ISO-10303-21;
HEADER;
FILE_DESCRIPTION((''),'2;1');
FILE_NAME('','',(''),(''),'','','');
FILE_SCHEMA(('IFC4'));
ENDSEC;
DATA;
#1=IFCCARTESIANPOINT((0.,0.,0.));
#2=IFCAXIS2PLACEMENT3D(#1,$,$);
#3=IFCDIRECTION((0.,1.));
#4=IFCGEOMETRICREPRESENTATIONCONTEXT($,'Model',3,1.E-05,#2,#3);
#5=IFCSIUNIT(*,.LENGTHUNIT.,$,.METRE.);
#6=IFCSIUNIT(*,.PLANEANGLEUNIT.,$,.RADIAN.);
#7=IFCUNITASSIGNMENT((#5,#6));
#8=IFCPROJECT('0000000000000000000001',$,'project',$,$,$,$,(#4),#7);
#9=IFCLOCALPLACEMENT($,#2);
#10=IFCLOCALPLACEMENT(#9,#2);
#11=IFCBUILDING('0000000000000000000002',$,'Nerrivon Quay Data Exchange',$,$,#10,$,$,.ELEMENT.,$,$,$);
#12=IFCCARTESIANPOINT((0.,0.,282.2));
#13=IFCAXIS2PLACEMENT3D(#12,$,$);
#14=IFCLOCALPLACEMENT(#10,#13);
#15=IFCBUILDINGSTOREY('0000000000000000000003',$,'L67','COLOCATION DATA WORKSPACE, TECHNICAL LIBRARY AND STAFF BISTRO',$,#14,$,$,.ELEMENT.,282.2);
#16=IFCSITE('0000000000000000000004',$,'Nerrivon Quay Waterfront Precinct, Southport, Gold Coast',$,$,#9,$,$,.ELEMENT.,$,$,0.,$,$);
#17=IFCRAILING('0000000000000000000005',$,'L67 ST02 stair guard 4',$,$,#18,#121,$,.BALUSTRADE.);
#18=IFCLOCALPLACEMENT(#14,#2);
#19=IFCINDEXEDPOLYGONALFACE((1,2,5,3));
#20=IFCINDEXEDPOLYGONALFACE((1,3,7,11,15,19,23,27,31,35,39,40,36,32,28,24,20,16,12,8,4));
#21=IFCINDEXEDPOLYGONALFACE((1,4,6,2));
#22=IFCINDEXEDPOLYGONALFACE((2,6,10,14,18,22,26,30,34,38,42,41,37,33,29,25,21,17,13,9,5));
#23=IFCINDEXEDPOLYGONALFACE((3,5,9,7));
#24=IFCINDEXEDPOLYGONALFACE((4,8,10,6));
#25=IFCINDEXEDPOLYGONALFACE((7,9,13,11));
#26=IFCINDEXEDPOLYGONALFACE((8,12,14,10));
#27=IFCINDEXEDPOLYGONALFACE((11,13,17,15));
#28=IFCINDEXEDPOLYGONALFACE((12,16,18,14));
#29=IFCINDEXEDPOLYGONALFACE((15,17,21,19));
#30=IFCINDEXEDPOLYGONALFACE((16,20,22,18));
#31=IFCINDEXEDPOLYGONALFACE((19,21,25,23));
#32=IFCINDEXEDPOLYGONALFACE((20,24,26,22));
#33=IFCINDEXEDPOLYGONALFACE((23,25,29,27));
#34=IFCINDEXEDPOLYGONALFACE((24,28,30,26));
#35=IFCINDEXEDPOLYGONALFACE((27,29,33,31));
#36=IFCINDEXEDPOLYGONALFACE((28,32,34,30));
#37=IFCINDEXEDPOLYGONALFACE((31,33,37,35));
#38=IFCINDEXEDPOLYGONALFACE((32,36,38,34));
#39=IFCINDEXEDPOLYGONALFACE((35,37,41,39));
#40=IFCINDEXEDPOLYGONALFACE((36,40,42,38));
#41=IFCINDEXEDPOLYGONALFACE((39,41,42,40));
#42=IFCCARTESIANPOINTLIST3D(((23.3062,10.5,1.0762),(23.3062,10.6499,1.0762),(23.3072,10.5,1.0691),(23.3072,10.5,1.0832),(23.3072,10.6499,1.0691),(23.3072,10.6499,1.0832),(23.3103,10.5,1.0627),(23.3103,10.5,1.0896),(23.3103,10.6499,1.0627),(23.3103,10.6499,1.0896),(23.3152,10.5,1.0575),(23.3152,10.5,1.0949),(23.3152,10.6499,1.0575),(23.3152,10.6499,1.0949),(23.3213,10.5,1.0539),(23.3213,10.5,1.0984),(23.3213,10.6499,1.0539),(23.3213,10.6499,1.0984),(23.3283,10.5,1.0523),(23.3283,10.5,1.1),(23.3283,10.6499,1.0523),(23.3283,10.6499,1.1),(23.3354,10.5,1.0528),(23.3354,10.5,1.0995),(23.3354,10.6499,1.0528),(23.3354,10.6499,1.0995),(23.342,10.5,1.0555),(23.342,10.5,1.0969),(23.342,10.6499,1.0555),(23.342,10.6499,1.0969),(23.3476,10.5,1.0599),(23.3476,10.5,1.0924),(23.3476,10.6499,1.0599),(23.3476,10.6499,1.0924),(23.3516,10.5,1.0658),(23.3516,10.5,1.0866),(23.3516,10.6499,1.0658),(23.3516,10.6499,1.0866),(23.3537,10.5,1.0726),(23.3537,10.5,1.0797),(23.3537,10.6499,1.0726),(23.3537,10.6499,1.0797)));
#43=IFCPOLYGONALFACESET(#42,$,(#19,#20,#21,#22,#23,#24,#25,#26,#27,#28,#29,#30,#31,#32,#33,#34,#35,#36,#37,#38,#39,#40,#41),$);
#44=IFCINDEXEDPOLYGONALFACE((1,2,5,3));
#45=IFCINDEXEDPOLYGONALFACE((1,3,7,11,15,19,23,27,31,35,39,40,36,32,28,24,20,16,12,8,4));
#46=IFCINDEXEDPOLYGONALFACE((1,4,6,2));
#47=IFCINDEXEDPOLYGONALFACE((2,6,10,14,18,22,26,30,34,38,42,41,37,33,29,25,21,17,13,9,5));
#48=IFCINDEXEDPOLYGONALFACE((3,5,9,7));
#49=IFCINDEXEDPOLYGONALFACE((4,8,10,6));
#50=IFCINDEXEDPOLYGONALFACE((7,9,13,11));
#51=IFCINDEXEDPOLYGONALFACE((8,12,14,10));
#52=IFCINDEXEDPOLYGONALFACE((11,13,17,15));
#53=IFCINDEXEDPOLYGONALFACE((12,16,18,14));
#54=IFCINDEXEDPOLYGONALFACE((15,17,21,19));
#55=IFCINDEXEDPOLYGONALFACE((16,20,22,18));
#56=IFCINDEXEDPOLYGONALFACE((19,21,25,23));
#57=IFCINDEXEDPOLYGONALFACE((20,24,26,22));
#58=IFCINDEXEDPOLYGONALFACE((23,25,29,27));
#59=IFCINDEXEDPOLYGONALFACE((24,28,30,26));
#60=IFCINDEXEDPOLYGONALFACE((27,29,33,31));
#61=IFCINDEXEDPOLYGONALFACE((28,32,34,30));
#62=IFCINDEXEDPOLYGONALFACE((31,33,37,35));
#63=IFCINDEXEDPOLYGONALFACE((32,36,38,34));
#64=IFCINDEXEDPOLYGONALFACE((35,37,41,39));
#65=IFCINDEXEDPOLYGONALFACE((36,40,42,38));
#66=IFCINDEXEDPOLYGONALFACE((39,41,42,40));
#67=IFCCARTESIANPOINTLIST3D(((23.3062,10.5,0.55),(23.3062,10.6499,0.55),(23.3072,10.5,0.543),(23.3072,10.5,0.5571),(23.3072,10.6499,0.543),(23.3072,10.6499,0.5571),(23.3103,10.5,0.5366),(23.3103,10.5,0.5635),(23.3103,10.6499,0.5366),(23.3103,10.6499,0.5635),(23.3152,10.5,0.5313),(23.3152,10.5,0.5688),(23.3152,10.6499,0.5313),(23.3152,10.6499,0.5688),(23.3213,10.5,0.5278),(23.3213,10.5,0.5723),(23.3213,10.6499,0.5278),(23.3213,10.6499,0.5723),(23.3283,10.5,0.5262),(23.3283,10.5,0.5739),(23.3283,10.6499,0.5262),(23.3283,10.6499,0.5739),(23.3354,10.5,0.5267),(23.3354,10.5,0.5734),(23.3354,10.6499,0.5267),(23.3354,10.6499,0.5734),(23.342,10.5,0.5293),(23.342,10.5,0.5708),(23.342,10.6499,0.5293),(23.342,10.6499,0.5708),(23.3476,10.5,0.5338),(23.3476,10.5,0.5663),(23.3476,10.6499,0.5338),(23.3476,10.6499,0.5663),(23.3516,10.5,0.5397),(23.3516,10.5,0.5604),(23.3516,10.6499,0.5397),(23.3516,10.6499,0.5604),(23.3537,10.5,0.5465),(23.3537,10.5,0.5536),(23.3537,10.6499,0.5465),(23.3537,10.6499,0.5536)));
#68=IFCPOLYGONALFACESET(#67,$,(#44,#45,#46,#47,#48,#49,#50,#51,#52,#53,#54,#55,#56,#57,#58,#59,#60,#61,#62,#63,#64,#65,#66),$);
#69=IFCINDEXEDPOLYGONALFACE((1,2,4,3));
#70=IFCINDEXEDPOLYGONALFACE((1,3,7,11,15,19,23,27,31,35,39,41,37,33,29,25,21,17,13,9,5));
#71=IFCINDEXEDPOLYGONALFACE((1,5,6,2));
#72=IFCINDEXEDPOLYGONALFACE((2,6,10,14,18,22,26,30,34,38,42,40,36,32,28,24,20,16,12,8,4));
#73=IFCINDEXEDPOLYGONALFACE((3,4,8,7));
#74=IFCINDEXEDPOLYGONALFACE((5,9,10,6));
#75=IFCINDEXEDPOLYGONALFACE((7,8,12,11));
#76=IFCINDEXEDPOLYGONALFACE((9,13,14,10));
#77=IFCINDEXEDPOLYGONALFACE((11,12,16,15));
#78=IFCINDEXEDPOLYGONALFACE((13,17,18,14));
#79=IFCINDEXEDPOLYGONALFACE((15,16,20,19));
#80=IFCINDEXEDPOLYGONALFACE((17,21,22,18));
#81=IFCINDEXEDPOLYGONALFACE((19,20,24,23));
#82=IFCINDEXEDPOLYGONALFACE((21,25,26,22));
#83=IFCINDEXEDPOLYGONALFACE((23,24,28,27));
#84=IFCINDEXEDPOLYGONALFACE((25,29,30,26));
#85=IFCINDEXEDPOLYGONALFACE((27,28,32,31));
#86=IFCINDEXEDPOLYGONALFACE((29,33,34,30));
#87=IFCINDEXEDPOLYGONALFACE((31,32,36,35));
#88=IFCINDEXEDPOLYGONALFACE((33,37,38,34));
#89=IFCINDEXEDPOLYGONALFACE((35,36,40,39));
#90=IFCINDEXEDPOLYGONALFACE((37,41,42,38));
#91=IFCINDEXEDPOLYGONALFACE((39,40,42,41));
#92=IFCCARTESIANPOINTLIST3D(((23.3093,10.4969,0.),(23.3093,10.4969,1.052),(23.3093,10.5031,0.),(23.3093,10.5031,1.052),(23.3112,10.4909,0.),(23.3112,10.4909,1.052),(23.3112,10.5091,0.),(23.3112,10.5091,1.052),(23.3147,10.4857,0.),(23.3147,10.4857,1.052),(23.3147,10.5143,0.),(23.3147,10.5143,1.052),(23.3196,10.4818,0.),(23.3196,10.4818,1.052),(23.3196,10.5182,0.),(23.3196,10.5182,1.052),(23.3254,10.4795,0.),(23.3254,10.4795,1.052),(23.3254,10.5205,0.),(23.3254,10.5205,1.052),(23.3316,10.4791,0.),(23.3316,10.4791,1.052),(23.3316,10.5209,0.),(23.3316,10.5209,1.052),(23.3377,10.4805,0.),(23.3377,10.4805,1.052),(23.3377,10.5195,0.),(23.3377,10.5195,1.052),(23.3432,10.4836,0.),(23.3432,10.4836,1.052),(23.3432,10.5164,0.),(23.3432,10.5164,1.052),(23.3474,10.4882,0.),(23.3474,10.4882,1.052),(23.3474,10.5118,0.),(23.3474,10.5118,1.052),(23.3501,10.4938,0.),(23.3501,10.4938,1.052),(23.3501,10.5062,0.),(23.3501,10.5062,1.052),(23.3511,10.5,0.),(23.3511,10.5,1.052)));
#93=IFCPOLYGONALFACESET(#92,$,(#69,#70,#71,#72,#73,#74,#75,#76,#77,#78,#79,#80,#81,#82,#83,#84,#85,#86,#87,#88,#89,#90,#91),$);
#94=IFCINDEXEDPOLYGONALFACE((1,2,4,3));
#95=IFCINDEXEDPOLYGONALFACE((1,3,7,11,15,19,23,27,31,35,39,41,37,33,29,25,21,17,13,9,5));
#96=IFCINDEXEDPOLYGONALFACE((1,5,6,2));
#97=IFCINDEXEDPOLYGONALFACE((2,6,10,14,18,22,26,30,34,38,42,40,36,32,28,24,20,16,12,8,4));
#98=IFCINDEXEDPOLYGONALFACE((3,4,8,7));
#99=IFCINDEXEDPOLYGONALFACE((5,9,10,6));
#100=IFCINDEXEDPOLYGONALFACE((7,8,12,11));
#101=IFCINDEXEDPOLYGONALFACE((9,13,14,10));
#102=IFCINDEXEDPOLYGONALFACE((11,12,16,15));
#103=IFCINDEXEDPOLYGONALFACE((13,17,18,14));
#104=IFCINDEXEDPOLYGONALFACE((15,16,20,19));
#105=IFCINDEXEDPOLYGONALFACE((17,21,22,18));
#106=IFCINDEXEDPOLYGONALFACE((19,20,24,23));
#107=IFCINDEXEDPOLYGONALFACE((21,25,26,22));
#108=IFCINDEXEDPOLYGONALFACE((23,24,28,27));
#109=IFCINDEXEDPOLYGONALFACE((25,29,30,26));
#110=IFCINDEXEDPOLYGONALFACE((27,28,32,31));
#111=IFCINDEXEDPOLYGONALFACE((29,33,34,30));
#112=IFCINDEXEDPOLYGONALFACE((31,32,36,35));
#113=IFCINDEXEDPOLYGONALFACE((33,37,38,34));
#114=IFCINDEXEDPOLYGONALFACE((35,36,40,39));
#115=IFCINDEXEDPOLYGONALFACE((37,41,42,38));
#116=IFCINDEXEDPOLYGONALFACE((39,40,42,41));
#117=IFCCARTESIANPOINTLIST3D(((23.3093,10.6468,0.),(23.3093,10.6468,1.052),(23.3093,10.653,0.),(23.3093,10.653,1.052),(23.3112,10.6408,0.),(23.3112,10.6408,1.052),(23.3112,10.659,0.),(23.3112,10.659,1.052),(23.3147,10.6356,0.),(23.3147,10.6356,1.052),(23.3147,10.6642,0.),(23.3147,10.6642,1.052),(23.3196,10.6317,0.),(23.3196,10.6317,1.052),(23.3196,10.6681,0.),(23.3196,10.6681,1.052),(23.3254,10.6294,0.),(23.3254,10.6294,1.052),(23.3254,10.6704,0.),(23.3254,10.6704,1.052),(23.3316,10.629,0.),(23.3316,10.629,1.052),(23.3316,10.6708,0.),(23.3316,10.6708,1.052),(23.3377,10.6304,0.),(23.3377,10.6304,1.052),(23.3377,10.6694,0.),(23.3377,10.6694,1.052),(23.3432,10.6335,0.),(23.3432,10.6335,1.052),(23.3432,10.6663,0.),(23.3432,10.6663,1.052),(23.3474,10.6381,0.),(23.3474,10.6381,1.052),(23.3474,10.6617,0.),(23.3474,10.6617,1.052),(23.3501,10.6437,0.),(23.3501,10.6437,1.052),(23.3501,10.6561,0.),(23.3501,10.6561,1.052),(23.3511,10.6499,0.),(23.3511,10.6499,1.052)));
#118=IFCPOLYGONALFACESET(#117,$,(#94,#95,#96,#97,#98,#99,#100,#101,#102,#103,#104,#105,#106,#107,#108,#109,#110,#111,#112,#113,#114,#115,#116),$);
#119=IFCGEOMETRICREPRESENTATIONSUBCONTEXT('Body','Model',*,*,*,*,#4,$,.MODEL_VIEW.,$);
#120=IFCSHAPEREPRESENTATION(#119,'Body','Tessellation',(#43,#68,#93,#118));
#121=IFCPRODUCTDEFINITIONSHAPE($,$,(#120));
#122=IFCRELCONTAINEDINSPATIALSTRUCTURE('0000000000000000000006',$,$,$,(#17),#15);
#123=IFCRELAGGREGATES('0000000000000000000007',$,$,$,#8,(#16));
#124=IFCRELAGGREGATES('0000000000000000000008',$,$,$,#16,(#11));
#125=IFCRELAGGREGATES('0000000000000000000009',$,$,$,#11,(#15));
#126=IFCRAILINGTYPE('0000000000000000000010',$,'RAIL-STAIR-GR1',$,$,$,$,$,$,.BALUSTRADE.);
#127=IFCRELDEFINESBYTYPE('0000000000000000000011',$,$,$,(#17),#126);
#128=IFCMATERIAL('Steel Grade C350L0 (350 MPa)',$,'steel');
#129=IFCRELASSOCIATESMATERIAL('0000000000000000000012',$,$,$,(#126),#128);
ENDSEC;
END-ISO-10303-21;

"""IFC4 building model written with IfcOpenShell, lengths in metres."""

from ifc_helpers import new_model, si_unit, direction, frame, origin, origin_2d, place, context, subcontext, project, spatial, circle, extrude, material, type_object, element, save


model = new_model("IFC4")

# Units and contexts
model_context = context("Model", 3, precision=1e-05, world=origin(), true_north=direction((0.0, 1.0)))
body_context = subcontext(model_context, "Body", "Model", "MODEL_VIEW")
ifc_project = project(units=[si_unit("LENGTHUNIT", "METRE"), si_unit("PLANEANGLEUNIT", "RADIAN")], contexts=[model_context])

# Site, building, storey
site_placement = place(None, origin())
site = spatial("IfcSite", under=ifc_project, at=site_placement, Name="Nerrivon Quay Waterfront Precinct, Southport, Gold Coast", CompositionType="ELEMENT", RefElevation=0.0)
building_placement = place(site_placement, origin())
building = spatial("IfcBuilding", under=site, at=building_placement, Name="Nerrivon Quay Data Exchange", CompositionType="ELEMENT")
storey_placement = place(building_placement, frame((0.0, 0.0, 282.2)))
storey = spatial("IfcBuildingStorey", under=building, at=storey_placement, Name="L67", Description="COLOCATION DATA WORKSPACE, TECHNICAL LIBRARY AND STAFF BISTRO", CompositionType="ELEMENT", Elevation=282.2)

# Railing
ifc_material_1 = material(Name="Steel Grade C350L0 (350 MPa)", Category="steel")
railing_type_1 = type_object("IfcRailingType", Name="RAIL-STAIR-GR1", PredefinedType="BALUSTRADE", material=ifc_material_1)
railing_1_placement = place(storey_placement, frame((23.3301, 10.5, 0.0)))
element("IfcRailing", 1, at=railing_1_placement, inside=storey, type_object=railing_type_1, Name="L67 ST02 stair guard 4", PredefinedType="BALUSTRADE", context=body_context, shape_type="SweptSolid", body=[
    extrude(circle(Radius=0.0239, at=origin_2d()), frame((0.0, 0.0, 1.0762), z_axis=(0.0, 1.0, 0.0), x_axis=(-1.0, 0.0, 0.0)), (0.0, 0.0, 1.0), 0.1499),
    extrude(circle(Radius=0.0239, at=origin_2d()), frame((0.0, 0.0, 0.55), z_axis=(0.0, 1.0, 0.0), x_axis=(-1.0, 0.0, 0.0)), (0.0, 0.0, 1.0), 0.1499),
    extrude(circle(Radius=0.021, at=origin_2d()), origin(), (0.0, 0.0, 1.0), 1.052),
    extrude(circle(Radius=0.021, at=origin_2d()), frame((0.0, 0.1499, 0.0)), (0.0, 0.0, 1.0), 1.052),
])

save(model, "model.ifc")
